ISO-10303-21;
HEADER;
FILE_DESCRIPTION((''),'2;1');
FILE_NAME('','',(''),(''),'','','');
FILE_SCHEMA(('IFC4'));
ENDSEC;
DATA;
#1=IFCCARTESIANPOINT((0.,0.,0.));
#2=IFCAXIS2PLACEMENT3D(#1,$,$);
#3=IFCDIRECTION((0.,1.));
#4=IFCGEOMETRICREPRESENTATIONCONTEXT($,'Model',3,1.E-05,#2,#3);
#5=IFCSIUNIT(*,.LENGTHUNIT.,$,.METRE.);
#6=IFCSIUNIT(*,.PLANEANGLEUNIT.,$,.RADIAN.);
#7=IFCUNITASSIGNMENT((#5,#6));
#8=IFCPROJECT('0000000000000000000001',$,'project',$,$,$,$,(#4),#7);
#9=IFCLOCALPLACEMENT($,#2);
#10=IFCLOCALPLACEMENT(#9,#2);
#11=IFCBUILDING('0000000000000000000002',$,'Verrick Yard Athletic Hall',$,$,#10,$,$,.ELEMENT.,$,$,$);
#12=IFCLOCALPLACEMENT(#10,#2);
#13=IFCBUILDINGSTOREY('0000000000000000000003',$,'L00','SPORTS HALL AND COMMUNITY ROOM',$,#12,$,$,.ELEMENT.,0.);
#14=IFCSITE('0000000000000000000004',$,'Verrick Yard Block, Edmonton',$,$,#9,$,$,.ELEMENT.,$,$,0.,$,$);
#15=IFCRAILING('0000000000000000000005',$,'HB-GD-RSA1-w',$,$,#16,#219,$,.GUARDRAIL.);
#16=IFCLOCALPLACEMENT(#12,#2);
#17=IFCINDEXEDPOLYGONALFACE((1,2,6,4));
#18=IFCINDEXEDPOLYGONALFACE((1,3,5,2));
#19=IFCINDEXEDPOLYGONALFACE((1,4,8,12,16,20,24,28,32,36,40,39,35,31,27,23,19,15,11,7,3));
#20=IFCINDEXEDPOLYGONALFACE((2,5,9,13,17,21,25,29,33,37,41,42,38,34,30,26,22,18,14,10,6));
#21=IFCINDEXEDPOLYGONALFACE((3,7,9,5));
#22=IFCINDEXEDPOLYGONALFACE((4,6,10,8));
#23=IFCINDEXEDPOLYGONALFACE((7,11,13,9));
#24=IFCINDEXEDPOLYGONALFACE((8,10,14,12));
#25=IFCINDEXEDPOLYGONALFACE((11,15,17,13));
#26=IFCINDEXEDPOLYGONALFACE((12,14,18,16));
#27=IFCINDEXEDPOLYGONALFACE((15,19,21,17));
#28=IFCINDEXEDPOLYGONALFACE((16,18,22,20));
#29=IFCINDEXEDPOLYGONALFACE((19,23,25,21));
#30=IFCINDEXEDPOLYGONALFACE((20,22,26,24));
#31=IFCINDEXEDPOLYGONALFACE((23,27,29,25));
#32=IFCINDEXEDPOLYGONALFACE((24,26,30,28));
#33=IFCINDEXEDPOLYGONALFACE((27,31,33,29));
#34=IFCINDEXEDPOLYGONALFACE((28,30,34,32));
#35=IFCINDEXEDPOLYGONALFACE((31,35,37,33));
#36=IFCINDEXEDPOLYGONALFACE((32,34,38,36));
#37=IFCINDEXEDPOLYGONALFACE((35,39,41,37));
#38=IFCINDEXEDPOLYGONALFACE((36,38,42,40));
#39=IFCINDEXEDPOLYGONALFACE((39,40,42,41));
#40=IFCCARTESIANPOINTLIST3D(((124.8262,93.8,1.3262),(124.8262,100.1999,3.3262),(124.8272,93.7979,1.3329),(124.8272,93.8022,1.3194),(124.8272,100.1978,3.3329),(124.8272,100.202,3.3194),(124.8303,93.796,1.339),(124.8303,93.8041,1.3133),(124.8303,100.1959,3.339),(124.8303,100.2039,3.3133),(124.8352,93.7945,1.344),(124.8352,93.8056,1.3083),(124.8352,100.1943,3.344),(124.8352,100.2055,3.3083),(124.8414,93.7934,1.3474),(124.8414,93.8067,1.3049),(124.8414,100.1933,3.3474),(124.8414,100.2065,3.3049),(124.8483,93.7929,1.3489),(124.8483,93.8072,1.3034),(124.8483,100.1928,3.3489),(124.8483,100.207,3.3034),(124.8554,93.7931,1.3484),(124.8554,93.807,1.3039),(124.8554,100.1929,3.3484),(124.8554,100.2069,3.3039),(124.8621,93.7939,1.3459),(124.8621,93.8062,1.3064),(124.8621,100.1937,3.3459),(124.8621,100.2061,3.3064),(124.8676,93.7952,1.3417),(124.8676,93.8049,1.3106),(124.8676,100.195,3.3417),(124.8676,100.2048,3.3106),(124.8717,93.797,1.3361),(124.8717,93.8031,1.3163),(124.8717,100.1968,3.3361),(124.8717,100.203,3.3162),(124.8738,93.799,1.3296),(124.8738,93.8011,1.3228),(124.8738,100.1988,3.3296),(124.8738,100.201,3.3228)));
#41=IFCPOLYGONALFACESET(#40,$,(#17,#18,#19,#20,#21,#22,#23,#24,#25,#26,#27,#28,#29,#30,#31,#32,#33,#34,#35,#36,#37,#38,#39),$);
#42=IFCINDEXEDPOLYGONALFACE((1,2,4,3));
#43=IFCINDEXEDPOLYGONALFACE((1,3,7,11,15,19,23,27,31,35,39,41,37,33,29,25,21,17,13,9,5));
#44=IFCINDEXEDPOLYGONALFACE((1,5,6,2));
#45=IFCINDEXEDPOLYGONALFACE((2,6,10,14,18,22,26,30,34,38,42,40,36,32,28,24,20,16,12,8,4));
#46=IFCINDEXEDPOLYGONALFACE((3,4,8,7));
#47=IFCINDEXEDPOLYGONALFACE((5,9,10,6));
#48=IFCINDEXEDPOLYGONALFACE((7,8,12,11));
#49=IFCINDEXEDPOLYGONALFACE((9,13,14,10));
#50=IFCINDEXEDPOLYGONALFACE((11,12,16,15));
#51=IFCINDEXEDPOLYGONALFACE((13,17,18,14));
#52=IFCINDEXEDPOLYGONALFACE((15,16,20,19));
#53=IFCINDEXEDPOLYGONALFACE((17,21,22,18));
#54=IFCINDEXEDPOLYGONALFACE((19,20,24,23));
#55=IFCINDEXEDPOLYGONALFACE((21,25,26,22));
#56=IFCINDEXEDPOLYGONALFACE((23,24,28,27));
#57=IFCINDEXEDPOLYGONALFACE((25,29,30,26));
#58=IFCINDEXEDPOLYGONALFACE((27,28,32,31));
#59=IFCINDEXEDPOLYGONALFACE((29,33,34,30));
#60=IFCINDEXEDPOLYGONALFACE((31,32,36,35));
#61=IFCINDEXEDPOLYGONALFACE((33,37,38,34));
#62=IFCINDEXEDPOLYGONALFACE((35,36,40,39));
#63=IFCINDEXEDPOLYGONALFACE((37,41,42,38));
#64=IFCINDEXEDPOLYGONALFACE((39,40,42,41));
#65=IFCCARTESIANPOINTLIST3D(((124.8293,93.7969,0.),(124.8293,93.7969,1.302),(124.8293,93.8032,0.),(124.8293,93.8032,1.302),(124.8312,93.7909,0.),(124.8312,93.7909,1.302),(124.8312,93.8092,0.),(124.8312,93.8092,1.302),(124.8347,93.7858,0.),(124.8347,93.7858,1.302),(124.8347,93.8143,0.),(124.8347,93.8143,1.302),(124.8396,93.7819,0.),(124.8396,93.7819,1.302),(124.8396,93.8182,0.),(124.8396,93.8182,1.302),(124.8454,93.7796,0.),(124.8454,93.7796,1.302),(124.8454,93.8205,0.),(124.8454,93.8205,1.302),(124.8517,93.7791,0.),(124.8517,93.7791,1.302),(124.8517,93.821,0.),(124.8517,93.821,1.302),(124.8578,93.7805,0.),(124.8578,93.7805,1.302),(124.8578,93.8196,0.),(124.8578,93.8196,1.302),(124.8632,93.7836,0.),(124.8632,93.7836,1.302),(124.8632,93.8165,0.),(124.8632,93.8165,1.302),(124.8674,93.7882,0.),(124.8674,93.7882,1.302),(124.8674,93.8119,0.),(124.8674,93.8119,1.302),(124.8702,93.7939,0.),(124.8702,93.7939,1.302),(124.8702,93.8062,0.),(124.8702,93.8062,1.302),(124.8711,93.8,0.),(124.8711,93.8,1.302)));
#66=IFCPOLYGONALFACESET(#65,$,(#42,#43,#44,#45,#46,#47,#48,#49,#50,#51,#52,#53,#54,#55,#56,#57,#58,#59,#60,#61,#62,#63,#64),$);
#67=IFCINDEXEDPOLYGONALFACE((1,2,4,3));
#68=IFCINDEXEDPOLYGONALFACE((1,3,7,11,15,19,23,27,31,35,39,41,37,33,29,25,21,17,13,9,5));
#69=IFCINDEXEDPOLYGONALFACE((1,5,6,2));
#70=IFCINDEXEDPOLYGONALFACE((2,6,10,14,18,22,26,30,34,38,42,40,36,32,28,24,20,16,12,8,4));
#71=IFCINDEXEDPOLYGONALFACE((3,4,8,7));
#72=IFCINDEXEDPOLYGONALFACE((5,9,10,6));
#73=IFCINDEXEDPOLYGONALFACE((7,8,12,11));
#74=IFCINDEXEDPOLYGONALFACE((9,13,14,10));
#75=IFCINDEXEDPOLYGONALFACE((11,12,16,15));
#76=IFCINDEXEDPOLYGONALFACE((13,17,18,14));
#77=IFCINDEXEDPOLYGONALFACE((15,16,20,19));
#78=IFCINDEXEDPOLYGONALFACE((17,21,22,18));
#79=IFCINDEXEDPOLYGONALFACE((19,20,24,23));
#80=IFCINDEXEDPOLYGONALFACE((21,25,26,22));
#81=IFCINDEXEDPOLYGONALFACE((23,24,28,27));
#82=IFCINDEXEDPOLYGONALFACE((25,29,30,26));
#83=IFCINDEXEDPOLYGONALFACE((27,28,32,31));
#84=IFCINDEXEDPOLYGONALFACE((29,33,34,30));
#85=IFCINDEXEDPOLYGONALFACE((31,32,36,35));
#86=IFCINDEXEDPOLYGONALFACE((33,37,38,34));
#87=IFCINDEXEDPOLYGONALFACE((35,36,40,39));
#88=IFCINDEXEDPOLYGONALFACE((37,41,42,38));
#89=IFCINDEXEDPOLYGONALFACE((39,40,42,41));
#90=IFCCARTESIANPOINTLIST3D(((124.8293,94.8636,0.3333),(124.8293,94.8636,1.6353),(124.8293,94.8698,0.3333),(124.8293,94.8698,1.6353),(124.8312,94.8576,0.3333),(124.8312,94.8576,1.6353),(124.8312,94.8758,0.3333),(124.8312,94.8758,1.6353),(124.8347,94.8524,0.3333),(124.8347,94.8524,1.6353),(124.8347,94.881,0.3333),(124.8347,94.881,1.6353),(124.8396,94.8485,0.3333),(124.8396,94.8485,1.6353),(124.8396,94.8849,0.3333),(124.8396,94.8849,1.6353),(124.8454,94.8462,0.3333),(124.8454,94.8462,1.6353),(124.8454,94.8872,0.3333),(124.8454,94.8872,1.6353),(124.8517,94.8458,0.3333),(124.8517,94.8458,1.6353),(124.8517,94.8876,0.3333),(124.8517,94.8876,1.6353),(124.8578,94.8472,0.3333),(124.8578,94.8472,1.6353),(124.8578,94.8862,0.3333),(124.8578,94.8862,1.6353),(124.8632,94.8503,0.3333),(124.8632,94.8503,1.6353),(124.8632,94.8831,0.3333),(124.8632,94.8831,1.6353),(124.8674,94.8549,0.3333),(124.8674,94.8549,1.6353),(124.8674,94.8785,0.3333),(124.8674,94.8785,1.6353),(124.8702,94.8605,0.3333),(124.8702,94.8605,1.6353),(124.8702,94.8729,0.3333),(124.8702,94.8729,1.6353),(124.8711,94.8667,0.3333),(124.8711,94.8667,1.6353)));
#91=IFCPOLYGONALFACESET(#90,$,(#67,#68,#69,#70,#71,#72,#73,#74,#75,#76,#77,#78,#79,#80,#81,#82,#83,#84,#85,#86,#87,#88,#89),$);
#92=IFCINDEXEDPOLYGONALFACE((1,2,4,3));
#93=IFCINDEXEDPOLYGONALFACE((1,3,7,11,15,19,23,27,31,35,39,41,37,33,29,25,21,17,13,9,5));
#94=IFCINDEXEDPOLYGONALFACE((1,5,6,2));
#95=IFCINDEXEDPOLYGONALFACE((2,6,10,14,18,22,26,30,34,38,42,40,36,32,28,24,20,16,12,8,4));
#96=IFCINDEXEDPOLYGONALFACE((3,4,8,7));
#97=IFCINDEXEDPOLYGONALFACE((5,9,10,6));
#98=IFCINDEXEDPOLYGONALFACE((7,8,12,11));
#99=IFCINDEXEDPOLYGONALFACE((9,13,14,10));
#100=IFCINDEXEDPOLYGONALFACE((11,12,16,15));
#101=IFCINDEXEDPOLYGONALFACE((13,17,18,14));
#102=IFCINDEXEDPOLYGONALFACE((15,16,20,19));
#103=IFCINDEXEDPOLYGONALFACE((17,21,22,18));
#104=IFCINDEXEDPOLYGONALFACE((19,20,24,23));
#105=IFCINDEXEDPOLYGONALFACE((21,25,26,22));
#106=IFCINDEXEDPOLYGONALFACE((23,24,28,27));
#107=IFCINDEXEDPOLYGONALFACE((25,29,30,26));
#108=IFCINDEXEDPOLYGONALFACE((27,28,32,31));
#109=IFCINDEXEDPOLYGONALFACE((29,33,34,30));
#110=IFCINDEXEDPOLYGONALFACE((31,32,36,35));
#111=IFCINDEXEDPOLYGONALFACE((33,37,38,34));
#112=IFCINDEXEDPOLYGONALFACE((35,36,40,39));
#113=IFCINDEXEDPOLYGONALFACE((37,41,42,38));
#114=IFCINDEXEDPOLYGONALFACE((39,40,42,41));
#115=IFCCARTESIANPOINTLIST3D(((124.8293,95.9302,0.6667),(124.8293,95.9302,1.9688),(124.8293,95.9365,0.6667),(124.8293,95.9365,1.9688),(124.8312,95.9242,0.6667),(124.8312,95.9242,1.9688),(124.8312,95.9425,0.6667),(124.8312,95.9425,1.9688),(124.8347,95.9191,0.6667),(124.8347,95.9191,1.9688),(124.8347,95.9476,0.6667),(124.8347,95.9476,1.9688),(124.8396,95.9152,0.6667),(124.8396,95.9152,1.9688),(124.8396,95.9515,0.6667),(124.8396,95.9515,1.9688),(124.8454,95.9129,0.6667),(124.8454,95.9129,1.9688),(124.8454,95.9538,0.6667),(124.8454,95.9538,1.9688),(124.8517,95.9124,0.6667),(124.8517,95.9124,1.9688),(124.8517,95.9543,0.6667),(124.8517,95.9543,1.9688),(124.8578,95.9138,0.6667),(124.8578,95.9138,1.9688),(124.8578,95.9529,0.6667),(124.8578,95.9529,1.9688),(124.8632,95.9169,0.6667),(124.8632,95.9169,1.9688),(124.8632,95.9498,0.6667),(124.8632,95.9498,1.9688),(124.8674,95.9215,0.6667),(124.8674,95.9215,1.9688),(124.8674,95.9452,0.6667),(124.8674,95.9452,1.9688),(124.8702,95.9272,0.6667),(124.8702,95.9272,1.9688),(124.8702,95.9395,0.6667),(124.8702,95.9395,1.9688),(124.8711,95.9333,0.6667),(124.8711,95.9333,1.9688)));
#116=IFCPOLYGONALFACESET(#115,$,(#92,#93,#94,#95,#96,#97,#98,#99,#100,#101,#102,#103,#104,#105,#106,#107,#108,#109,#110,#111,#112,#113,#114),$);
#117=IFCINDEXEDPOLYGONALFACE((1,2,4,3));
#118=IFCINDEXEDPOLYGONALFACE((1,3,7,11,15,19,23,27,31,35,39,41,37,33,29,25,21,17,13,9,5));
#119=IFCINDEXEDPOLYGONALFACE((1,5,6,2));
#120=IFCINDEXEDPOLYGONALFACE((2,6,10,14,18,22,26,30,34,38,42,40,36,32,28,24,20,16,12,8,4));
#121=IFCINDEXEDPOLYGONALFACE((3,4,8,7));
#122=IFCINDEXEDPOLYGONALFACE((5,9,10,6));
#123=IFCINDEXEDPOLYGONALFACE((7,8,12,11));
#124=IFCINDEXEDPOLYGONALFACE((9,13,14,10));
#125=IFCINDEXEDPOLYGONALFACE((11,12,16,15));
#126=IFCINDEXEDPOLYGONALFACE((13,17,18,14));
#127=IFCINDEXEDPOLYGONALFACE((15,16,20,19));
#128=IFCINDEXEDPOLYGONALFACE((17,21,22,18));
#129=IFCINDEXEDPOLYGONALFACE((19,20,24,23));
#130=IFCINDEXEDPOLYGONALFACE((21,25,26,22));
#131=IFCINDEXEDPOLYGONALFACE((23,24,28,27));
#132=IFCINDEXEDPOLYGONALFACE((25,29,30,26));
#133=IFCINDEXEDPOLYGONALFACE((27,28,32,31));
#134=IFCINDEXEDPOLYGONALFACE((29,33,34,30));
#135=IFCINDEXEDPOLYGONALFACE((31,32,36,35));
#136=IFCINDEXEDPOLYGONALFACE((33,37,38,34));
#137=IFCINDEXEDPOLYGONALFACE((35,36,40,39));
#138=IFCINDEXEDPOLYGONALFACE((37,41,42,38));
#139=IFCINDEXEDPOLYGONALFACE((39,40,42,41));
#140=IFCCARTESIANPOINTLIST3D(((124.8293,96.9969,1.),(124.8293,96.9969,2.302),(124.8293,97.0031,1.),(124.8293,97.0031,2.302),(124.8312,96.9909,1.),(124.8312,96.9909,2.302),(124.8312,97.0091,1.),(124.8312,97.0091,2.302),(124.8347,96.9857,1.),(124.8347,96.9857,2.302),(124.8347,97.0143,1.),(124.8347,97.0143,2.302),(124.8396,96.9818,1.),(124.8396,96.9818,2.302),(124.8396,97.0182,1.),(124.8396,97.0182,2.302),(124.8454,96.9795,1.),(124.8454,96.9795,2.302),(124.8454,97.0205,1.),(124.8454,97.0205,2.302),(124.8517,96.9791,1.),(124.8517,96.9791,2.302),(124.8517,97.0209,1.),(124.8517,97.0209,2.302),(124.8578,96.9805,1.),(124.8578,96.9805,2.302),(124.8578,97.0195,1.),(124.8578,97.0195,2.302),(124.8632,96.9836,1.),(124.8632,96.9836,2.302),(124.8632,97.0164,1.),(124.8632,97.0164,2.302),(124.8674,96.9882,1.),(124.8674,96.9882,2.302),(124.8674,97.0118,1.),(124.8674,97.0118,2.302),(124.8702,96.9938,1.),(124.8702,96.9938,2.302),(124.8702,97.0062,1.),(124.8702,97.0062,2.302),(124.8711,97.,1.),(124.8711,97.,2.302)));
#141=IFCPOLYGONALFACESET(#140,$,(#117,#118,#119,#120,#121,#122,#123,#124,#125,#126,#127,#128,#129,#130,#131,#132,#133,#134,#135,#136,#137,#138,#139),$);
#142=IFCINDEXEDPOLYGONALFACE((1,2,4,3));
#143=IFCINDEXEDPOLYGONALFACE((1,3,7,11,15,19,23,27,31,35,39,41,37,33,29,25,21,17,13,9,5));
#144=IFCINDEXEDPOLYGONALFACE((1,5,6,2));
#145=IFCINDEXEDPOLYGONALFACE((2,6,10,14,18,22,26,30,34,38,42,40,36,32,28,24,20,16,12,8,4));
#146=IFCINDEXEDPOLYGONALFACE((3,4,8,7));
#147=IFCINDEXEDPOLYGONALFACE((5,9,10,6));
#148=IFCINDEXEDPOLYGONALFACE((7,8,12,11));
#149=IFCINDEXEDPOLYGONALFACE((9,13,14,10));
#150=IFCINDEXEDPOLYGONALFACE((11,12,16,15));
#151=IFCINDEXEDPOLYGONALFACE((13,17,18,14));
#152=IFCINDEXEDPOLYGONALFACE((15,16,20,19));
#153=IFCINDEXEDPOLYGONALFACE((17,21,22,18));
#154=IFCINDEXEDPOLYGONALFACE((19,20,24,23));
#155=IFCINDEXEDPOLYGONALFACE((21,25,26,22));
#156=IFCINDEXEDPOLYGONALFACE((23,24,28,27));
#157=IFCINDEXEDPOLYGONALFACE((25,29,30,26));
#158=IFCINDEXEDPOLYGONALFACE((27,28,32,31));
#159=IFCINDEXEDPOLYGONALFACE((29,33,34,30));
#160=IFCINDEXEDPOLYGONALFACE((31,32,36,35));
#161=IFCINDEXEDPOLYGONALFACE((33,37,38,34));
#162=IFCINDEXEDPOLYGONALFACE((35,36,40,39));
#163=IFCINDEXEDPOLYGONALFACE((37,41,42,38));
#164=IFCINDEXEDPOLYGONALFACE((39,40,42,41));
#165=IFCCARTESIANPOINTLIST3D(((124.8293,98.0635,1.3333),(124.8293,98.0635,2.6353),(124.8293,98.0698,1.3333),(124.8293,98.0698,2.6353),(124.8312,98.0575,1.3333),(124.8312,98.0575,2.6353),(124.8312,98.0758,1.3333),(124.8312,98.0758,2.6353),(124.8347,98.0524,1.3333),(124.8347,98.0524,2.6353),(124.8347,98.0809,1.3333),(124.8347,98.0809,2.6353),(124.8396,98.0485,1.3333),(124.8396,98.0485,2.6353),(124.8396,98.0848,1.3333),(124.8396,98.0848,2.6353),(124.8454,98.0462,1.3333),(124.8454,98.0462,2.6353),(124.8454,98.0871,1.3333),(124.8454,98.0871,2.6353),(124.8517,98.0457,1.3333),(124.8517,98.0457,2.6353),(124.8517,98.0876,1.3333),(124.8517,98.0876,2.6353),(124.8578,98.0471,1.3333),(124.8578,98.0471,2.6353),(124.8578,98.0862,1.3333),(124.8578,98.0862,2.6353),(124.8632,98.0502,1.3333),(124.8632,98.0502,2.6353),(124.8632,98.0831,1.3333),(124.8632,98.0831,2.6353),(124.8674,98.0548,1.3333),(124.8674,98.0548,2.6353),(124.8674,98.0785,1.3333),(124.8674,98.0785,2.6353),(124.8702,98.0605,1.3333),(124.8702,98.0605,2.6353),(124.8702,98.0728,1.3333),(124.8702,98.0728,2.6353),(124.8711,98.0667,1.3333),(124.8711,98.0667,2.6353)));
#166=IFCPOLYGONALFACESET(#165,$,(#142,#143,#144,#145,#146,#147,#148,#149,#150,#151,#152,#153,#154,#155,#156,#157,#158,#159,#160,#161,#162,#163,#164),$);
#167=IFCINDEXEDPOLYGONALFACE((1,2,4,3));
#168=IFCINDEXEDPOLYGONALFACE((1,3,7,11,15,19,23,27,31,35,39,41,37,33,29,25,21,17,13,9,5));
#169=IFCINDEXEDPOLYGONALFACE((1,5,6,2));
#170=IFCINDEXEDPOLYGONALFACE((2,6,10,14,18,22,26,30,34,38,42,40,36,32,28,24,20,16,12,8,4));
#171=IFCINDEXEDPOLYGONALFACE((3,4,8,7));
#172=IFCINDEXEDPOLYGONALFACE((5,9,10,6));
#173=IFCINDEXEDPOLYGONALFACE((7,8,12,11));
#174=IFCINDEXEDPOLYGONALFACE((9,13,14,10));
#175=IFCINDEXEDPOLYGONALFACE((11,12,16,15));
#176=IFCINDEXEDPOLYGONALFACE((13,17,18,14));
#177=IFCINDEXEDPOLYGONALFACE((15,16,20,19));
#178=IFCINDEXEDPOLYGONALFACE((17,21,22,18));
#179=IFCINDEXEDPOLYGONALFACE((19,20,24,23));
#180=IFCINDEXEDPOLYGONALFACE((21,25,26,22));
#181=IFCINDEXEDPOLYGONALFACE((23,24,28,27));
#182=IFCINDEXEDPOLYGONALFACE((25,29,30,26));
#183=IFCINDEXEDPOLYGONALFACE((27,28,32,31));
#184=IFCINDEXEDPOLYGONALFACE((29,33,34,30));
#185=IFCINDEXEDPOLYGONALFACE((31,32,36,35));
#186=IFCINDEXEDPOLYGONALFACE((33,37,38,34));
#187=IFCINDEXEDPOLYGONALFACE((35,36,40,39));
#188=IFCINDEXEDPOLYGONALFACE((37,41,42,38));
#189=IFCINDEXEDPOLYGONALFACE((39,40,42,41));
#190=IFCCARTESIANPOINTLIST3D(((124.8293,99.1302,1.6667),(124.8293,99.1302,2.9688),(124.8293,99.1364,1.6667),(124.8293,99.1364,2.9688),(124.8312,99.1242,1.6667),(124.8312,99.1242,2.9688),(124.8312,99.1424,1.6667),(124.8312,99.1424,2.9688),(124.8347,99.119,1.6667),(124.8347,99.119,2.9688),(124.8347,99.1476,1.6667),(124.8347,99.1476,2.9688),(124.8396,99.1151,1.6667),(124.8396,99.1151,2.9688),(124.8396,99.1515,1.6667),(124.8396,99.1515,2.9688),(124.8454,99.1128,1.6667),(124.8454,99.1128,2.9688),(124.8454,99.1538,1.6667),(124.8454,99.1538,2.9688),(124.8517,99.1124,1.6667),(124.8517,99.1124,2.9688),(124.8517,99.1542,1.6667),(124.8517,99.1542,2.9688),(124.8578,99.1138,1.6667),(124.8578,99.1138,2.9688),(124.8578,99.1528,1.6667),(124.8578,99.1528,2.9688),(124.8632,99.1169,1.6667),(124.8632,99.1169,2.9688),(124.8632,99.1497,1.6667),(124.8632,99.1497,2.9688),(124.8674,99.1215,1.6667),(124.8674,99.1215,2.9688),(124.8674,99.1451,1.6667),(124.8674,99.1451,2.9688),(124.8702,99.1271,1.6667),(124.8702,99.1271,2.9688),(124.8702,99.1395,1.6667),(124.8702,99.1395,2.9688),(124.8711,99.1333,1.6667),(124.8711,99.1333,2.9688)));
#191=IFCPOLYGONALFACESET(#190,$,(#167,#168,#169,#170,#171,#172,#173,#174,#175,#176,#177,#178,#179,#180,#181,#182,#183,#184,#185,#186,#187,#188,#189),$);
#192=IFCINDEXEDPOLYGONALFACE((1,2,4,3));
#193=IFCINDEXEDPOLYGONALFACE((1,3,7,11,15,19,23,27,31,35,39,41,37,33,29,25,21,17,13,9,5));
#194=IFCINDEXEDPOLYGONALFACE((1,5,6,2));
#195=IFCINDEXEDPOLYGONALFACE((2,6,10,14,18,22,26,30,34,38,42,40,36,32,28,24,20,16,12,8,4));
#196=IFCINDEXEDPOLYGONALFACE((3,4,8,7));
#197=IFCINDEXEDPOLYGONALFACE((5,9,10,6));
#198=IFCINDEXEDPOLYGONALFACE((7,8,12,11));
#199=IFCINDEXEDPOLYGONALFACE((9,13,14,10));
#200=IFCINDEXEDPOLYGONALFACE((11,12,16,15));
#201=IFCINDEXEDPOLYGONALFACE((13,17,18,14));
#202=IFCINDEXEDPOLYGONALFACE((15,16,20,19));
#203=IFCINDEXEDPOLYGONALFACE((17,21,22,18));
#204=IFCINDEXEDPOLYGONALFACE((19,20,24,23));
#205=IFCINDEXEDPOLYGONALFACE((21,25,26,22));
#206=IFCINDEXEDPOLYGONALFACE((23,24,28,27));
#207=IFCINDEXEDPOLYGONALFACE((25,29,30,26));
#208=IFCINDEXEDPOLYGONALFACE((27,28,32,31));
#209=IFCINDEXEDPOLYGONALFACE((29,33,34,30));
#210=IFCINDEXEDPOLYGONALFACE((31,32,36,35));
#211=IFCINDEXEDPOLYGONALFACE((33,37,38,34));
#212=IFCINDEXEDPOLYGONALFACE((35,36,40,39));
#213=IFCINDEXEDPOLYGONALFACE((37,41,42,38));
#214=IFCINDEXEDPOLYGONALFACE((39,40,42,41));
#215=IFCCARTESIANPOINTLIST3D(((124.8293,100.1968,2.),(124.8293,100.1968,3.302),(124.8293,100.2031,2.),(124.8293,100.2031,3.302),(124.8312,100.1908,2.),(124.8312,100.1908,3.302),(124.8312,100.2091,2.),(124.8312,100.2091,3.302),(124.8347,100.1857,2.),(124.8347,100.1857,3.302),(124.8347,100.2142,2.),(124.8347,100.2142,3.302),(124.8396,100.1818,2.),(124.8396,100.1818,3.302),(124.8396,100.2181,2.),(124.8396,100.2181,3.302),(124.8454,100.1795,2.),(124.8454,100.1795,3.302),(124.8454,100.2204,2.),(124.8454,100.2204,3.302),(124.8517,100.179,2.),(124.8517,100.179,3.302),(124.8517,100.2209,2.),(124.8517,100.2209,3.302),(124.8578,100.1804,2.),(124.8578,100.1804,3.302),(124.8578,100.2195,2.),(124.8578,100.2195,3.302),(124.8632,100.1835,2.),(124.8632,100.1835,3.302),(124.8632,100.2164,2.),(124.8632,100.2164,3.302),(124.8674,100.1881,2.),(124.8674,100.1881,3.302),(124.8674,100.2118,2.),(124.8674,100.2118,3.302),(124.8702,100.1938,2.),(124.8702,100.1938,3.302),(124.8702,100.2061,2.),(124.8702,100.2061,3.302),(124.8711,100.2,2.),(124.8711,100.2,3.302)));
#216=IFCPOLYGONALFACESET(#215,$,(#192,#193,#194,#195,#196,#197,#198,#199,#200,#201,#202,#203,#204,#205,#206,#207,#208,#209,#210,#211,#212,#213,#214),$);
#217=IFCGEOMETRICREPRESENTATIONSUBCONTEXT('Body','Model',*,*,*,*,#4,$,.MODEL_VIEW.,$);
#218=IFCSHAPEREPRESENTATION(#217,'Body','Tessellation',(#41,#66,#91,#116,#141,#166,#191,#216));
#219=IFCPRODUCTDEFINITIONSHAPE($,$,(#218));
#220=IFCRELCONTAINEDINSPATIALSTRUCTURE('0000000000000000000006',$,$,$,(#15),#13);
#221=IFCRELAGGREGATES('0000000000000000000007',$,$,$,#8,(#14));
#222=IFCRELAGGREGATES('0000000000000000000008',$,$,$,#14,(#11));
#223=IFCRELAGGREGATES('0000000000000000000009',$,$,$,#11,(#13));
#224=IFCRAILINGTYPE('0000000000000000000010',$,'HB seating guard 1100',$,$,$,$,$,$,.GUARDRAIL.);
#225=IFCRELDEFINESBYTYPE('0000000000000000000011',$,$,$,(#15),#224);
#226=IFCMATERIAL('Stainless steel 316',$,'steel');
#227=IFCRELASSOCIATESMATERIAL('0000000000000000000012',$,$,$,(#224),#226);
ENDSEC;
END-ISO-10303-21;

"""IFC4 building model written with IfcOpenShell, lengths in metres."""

from ifc_helpers import new_model, si_unit, direction, frame, origin, origin_2d, place, context, subcontext, project, spatial, circle, extrude, material, type_object, element, save


model = new_model("IFC4")

# Units and contexts
model_context = context("Model", 3, precision=1e-05, world=origin(), true_north=direction((0.0, 1.0)))
body_context = subcontext(model_context, "Body", "Model", "MODEL_VIEW")
ifc_project = project(units=[si_unit("LENGTHUNIT", "METRE"), si_unit("PLANEANGLEUNIT", "RADIAN")], contexts=[model_context])

# Site, building, storey
site_placement = place(None, origin())
site = spatial("IfcSite", under=ifc_project, at=site_placement, Name="Verrick Yard Block, Edmonton", CompositionType="ELEMENT", RefElevation=0.0)
building_placement = place(site_placement, origin())
building = spatial("IfcBuilding", under=site, at=building_placement, Name="Verrick Yard Athletic Hall", CompositionType="ELEMENT")
storey_placement = place(building_placement, origin())
storey = spatial("IfcBuildingStorey", under=building, at=storey_placement, Name="L00", Description="SPORTS HALL AND COMMUNITY ROOM", CompositionType="ELEMENT", Elevation=0.0)

# Railing
ifc_material_1 = material(Name="Stainless steel 316", Category="steel")
railing_type = type_object("IfcRailingType", Name="HB seating guard 1100", PredefinedType="GUARDRAIL", material=ifc_material_1)
railing_placement = place(storey_placement, frame((124.8501, 93.8, 0.0)))
element("IfcRailing", 1, at=railing_placement, inside=storey, type_object=railing_type, Name="HB-GD-RSA1-w", PredefinedType="GUARDRAIL", context=body_context, shape_type="SweptSolid", body=[
    extrude(circle(Radius=0.0239, at=origin_2d()), frame((0.0, 0.0, 1.3262), z_axis=(0.0, 0.954479, 0.298279), x_axis=(-1.0, 0.0, 0.0)), (0.0, 0.0, 1.0), 6.7051),
    extrude(circle(Radius=0.021, at=origin_2d()), origin(), (0.0, 0.0, 1.0), 1.302),
    extrude(circle(Radius=0.021, at=origin_2d()), frame((0.0, 1.0667, 0.3333)), (0.0, 0.0, 1.0), 1.302),
    extrude(circle(Radius=0.021, at=origin_2d()), frame((0.0, 2.1333, 0.6667)), (0.0, 0.0, 1.0), 1.302),
    extrude(circle(Radius=0.021, at=origin_2d()), frame((0.0, 3.2, 1.0)), (0.0, 0.0, 1.0), 1.302),
    extrude(circle(Radius=0.021, at=origin_2d()), frame((0.0, 4.2666, 1.3333)), (0.0, 0.0, 1.0), 1.302),
    extrude(circle(Radius=0.021, at=origin_2d()), frame((0.0, 5.3333, 1.6667)), (0.0, 0.0, 1.0), 1.302),
    extrude(circle(Radius=0.021, at=origin_2d()), frame((0.0, 6.3999, 2.0)), (0.0, 0.0, 1.0), 1.302),
])

save(model, "model.ifc")
